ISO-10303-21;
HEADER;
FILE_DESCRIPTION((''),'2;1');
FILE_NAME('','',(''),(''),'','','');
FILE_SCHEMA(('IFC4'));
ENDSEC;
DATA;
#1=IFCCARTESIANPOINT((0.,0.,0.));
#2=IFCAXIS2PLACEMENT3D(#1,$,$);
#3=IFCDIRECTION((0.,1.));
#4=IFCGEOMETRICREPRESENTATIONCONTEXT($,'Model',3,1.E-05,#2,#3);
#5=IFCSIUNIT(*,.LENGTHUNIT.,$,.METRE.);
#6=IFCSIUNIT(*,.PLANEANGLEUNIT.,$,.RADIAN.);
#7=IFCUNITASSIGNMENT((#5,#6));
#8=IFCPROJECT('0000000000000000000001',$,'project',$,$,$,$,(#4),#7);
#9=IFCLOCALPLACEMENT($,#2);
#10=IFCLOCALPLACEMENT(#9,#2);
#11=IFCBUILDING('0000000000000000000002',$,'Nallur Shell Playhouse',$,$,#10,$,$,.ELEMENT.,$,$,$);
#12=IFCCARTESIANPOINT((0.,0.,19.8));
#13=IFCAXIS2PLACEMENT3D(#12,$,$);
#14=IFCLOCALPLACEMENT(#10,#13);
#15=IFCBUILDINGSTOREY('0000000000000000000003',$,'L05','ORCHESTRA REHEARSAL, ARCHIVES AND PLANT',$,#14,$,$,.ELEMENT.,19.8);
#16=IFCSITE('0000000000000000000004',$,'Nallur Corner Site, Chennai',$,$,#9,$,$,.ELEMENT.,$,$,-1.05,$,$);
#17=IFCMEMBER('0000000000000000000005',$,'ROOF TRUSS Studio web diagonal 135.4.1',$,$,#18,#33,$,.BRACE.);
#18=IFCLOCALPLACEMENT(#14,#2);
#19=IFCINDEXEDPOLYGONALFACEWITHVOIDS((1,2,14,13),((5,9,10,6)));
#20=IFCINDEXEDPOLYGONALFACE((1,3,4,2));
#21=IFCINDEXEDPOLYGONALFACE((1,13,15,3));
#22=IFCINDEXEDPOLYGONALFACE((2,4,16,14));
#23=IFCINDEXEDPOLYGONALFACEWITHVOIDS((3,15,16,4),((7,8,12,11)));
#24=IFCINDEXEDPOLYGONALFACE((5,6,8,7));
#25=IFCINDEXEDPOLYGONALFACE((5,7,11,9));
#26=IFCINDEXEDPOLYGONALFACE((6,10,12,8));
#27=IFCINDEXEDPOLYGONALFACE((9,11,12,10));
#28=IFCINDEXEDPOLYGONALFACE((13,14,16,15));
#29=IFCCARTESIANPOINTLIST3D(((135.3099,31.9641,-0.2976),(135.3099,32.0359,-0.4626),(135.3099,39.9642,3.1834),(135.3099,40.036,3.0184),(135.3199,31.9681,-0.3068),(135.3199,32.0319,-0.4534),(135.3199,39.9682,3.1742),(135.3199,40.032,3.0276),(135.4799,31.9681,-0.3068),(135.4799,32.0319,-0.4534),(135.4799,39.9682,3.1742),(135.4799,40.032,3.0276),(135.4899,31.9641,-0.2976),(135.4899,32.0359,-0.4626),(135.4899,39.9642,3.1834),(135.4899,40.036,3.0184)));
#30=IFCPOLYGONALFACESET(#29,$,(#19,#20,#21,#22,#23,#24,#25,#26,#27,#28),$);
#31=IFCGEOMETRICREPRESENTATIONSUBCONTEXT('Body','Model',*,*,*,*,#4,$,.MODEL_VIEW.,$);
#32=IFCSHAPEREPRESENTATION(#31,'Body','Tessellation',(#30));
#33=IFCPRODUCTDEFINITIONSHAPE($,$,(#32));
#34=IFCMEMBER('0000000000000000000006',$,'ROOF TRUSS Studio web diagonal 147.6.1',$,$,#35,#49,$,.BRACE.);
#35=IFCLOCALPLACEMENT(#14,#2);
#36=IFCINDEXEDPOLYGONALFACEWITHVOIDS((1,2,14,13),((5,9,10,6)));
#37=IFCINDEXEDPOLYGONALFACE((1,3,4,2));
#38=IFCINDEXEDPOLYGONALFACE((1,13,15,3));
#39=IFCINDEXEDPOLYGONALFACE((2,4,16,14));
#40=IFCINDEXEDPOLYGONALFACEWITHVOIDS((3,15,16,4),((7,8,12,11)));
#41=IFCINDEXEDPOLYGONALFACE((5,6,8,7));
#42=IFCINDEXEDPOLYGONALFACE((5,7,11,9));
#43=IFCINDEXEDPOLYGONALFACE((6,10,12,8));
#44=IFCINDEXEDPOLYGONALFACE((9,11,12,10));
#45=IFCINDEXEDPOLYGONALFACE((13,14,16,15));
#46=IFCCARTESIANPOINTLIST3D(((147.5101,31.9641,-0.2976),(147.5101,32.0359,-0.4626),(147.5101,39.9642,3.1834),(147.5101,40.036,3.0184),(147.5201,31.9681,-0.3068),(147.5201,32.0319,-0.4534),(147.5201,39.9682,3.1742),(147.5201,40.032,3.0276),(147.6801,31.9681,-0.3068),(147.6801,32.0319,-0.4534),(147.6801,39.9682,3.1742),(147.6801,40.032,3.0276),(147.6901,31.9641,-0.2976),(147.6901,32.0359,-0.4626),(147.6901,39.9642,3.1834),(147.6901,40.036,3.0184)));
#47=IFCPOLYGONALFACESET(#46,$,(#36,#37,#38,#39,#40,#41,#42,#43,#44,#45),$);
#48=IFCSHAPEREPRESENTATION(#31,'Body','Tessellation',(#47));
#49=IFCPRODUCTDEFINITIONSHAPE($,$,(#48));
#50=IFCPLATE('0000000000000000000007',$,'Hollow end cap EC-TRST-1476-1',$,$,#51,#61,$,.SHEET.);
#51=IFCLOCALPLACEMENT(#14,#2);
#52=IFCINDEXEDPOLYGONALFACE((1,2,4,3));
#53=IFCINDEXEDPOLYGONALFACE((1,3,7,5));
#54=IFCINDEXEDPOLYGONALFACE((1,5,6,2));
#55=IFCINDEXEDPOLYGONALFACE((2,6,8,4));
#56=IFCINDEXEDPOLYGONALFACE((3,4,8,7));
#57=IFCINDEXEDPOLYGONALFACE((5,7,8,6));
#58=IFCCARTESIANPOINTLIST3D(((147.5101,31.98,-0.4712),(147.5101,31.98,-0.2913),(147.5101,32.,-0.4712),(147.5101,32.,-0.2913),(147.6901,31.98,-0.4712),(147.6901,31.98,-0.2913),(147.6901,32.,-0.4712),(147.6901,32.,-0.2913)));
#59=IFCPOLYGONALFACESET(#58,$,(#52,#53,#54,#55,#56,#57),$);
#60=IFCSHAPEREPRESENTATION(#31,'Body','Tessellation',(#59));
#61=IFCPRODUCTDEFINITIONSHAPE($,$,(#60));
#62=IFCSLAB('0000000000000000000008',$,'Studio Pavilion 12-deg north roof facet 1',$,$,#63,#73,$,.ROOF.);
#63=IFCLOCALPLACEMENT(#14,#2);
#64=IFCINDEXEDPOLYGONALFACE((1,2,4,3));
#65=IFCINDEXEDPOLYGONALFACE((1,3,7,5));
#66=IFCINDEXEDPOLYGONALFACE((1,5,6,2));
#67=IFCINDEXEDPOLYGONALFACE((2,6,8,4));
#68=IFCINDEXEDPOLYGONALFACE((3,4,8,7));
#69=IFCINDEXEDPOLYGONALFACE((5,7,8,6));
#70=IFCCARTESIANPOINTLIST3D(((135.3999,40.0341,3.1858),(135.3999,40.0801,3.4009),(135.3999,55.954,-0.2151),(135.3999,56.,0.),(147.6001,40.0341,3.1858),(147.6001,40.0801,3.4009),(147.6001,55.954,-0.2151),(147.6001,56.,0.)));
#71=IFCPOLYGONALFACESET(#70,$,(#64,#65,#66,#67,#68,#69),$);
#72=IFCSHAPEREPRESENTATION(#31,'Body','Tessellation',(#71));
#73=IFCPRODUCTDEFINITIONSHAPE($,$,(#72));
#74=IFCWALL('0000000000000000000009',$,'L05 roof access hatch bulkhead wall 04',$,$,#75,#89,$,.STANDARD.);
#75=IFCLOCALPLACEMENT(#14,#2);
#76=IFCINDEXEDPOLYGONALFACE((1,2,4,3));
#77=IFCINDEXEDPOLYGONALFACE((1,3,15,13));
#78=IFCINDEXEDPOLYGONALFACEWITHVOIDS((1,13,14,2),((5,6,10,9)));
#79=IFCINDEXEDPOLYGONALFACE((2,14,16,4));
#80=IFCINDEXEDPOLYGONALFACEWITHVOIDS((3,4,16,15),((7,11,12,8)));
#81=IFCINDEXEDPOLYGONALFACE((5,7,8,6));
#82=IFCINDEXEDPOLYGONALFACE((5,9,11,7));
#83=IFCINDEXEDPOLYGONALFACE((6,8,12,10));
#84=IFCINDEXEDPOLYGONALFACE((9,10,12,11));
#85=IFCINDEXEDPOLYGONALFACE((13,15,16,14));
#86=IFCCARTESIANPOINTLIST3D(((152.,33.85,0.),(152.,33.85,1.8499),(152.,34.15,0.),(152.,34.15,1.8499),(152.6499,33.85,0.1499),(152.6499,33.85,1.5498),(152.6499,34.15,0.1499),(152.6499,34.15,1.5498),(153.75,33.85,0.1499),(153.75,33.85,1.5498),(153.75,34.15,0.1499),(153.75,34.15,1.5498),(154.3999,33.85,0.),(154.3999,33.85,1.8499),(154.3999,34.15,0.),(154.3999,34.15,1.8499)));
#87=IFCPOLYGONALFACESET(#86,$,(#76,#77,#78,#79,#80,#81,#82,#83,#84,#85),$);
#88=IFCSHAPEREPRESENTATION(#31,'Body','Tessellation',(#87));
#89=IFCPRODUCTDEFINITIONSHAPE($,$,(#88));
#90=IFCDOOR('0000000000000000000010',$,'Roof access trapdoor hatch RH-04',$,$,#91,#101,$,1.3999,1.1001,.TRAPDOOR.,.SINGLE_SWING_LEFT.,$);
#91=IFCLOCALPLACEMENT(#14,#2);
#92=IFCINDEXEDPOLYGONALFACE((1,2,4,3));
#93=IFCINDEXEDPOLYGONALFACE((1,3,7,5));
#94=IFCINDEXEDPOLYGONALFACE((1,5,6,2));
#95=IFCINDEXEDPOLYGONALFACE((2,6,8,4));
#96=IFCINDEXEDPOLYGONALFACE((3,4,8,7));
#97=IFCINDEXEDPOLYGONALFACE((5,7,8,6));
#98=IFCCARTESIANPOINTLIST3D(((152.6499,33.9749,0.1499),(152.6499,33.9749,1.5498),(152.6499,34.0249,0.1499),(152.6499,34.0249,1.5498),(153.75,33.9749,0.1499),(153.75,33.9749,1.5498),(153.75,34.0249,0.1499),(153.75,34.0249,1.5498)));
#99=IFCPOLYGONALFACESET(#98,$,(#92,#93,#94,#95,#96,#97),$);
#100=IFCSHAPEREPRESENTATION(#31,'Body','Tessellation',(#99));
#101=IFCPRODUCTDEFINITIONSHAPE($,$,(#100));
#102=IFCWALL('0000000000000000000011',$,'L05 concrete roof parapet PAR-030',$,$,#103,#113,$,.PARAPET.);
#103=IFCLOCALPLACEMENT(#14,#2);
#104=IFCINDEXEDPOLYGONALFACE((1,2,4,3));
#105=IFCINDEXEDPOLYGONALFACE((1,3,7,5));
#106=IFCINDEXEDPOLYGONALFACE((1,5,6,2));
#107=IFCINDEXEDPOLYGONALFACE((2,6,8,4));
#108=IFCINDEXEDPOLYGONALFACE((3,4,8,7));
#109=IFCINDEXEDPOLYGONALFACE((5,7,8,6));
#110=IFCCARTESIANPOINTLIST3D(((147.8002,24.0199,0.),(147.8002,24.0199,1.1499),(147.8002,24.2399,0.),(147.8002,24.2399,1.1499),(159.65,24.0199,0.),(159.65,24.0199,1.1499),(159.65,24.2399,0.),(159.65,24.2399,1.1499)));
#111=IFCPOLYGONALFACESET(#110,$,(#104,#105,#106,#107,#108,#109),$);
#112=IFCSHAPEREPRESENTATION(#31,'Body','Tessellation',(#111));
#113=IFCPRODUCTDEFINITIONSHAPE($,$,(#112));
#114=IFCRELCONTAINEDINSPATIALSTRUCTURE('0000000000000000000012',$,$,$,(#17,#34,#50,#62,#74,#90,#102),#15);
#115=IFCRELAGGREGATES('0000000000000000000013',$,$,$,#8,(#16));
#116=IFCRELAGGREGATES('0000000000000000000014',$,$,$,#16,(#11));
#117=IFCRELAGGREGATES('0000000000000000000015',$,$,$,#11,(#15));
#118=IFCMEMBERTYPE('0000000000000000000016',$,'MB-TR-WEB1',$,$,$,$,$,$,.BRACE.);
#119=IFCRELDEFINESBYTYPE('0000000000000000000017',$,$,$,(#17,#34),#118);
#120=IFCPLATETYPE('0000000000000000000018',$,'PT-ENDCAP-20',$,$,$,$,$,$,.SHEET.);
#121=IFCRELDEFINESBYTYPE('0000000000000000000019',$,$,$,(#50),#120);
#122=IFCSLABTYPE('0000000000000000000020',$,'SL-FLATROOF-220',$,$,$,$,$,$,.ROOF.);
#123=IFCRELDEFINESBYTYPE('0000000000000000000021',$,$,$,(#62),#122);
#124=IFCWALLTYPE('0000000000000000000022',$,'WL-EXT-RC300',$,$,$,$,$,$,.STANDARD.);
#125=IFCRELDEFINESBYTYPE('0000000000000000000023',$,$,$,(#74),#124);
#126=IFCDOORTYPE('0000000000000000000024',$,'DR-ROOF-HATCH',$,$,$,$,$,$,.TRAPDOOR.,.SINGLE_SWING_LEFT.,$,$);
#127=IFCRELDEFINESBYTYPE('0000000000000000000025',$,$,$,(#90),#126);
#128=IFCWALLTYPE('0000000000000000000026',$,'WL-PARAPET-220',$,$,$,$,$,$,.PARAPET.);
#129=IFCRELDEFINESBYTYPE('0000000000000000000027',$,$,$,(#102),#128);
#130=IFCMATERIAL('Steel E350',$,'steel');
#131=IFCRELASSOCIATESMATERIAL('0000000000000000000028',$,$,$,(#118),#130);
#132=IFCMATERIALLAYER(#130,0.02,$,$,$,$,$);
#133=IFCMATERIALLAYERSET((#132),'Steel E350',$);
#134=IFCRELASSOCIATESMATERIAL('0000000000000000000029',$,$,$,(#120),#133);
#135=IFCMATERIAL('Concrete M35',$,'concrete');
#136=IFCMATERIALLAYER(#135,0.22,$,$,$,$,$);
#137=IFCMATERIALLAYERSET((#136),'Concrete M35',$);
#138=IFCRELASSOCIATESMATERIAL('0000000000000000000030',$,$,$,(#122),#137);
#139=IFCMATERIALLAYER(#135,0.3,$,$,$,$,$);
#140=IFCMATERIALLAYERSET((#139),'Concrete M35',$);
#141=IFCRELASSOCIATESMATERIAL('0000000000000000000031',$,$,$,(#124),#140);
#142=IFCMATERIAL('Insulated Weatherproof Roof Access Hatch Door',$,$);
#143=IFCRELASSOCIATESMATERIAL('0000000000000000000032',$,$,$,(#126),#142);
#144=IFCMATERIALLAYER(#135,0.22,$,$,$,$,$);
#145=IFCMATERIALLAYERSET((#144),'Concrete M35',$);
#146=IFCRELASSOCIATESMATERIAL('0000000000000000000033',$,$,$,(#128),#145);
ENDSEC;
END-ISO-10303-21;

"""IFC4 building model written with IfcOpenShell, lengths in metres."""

from ifc_helpers import new_model, si_unit, direction, frame, frame_2d, origin, origin_2d, place, context, subcontext, project, spatial, polyline, rectangle, hollow_rectangle, outline, extrude, material, layer, layer_set, material_profile, profile_set, type_object, element, fill, save


model = new_model("IFC4")

# Units and contexts
model_context = context("Model", 3, precision=1e-05, world=origin(), true_north=direction((0.0, 1.0)))
body_context = subcontext(model_context, "Body", "Model", "MODEL_VIEW")
ifc_project = project(units=[si_unit("LENGTHUNIT", "METRE"), si_unit("PLANEANGLEUNIT", "RADIAN")], contexts=[model_context])

# Site, building, storey
site_placement = place(None, origin())
site = spatial("IfcSite", under=ifc_project, at=site_placement, Name="Nallur Corner Site, Chennai", CompositionType="ELEMENT", RefElevation=-1.05)
building_placement = place(site_placement, origin())
building = spatial("IfcBuilding", under=site, at=building_placement, Name="Nallur Shell Playhouse", CompositionType="ELEMENT")
storey_placement = place(building_placement, frame((0.0, 0.0, 19.8)))
storey = spatial("IfcBuildingStorey", under=building, at=storey_placement, Name="L05", Description="ORCHESTRA REHEARSAL, ARCHIVES AND PLANT", CompositionType="ELEMENT", Elevation=19.8)

# Shared definitions
ifc_material_1 = material(Name="Steel E350", Category="steel")

# Members
ifc_material_profile_1 = material_profile(ifc_material_1, hollow_rectangle(XDim=0.1799, YDim=0.1799, WallThickness=0.01, at=origin_2d()), Name="SHS 180x180x10")
ifc_profile_set_1 = profile_set([ifc_material_profile_1], Name="Steel E350")
member_type_1 = type_object("IfcMemberType", Name="MB-TR-WEB1", PredefinedType="BRACE", material=ifc_profile_set_1)
for number, where, z_axis, x_axis, name in (
    (1, (135.3999, 32.0, -0.3801), (0.0, 0.916957, 0.398986), (-1.0, 0.0, 0.0), "ROOF TRUSS Studio web diagonal 135.4.1"),
    (2, (147.6001, 32.0, -0.3801), (0.0, 0.916957, 0.398986), (-1.0, 0.0, 0.0), "ROOF TRUSS Studio web diagonal 147.6.1"),
):
    element("IfcMember", number, at=place(storey_placement, frame(where, z_axis=z_axis, x_axis=x_axis)), inside=storey, type_object=member_type_1, Name=name, PredefinedType="BRACE", context=body_context, shape_type="SweptSolid", body=[
        extrude(hollow_rectangle(XDim=0.1799, YDim=0.1799, WallThickness=0.01, at=origin_2d()), origin(), (0.0, 0.0, 1.0), 8.7246),
    ])

# Plate
ifc_layer_1 = layer(ifc_material_1, 0.02)
ifc_layer_set_1 = layer_set([ifc_layer_1], Name="Steel E350")
plate_type = type_object("IfcPlateType", Name="PT-ENDCAP-20", PredefinedType="SHEET", material=ifc_layer_set_1)
plate_placement = place(storey_placement, frame((147.6001, 31.99, -0.4712), z_axis=(0.0, 0.0, 1.0), x_axis=(1.0, 0.0, 0.0)))
element("IfcPlate", 3, at=plate_placement, inside=storey, type_object=plate_type, Name="Hollow end cap EC-TRST-1476-1", PredefinedType="SHEET", context=body_context, shape_type="SweptSolid", body=[
    extrude(rectangle(XDim=0.1799, YDim=0.02, at=origin_2d()), origin(), (0.0, 0.0, 1.0), 0.1799),
])

# Slab
ifc_material_2 = material(Name="Concrete M35", Category="concrete")
ifc_layer_2 = layer(ifc_material_2, 0.22)
ifc_layer_set_2 = layer_set([ifc_layer_2], Name="Concrete M35")
slab_type = type_object("IfcSlabType", Name="SL-FLATROOF-220", PredefinedType="ROOF", material=ifc_layer_set_2)
slab_placement = place(storey_placement, frame((135.3999, 40.0801, 3.4009), z_axis=(0.0, 0.20891, 0.977935), x_axis=(1.0, 0.0, 0.0)))
element("IfcSlab", 4, at=slab_placement, inside=storey, type_object=slab_type, Name="Studio Pavilion 12-deg north roof facet 1", PredefinedType="ROOF", context=body_context, shape_type="SweptSolid", body=[
    extrude(outline(polyline([(0.0, 0.0), (12.2002, 0.0), (12.2002, 16.2791), (0.0, 16.2791), (0.0, 0.0)])), origin(), (0.0, 0.0, -1.0), 0.22),
])

# Wall, opening, door
ifc_layer_3 = layer(ifc_material_2, 0.3)
ifc_layer_set_3 = layer_set([ifc_layer_3], Name="Concrete M35")
wall_type_1 = type_object("IfcWallType", Name="WL-EXT-RC300", PredefinedType="STANDARD", material=ifc_layer_set_3)
wall_1_placement = place(storey_placement, frame((152.0, 34.0, 0.0), z_axis=(0.0, 0.0, 1.0), x_axis=(1.0, 0.0, 0.0)))
wall_1 = element("IfcWall", 5, at=wall_1_placement, inside=storey, type_object=wall_type_1, Name="L05 roof access hatch bulkhead wall 04", PredefinedType="STANDARD", context=body_context, shape_type="SweptSolid", body=[
    extrude(rectangle(XDim=2.3999, YDim=0.3, at=frame_2d((1.2, 0.0))), origin(), (0.0, 0.0, 1.0), 1.8499),
])
opening_placement = place(wall_1_placement, frame((0.6499, 0.0, 0.1499)))
opening = element("IfcOpeningElement", 6, at=opening_placement, cuts=wall_1, PredefinedType="OPENING", context=body_context, shape_type="SweptSolid", body=[
    extrude(rectangle(XDim=1.1001, YDim=1.3999, at=frame_2d((0.55, 0.7))), frame((0.0, 0.1602, 0.0), z_axis=(0.0, -1.0, 0.0), x_axis=(1.0, 0.0, 0.0)), (0.0, 0.0, 1.0), 0.3201),
])
ifc_material_3 = material(Name="Insulated Weatherproof Roof Access Hatch Door")
door_type = type_object("IfcDoorType", Name="DR-ROOF-HATCH", OperationType="SINGLE_SWING_LEFT", PredefinedType="TRAPDOOR", material=ifc_material_3)
door_placement = place(opening_placement, origin())
door = element("IfcDoor", 7, at=door_placement, inside=storey, type_object=door_type, Name="Roof access trapdoor hatch RH-04", OperationType="SINGLE_SWING_LEFT", OverallHeight=1.3999, OverallWidth=1.1001, PredefinedType="TRAPDOOR", context=body_context, shape_type="SweptSolid", body=[
    extrude(rectangle(XDim=1.1001, YDim=1.3999, at=frame_2d((0.55, 0.7))), frame((0.0, 0.0249, 0.0), z_axis=(0.0, -1.0, 0.0), x_axis=(1.0, 0.0, 0.0)), (0.0, 0.0, 1.0), 0.05),
])
fill(opening, door)

# Wall
ifc_layer_4 = layer(ifc_material_2, 0.22)
ifc_layer_set_4 = layer_set([ifc_layer_4], Name="Concrete M35")
wall_type_2 = type_object("IfcWallType", Name="WL-PARAPET-220", PredefinedType="PARAPET", material=ifc_layer_set_4)
wall_2_placement = place(storey_placement, frame((159.6499, 24.1299, 0.0), z_axis=(0.0, 0.0, 1.0), x_axis=(-1.0, 0.0, 0.0)))
element("IfcWall", 8, at=wall_2_placement, inside=storey, type_object=wall_type_2, Name="L05 concrete roof parapet PAR-030", PredefinedType="PARAPET", context=body_context, shape_type="SweptSolid", body=[
    extrude(rectangle(XDim=11.8499, YDim=0.22, at=frame_2d((5.9248, 0.0))), origin(), (0.0, 0.0, 1.0), 1.1499),
])

save(model, "model.ifc")
